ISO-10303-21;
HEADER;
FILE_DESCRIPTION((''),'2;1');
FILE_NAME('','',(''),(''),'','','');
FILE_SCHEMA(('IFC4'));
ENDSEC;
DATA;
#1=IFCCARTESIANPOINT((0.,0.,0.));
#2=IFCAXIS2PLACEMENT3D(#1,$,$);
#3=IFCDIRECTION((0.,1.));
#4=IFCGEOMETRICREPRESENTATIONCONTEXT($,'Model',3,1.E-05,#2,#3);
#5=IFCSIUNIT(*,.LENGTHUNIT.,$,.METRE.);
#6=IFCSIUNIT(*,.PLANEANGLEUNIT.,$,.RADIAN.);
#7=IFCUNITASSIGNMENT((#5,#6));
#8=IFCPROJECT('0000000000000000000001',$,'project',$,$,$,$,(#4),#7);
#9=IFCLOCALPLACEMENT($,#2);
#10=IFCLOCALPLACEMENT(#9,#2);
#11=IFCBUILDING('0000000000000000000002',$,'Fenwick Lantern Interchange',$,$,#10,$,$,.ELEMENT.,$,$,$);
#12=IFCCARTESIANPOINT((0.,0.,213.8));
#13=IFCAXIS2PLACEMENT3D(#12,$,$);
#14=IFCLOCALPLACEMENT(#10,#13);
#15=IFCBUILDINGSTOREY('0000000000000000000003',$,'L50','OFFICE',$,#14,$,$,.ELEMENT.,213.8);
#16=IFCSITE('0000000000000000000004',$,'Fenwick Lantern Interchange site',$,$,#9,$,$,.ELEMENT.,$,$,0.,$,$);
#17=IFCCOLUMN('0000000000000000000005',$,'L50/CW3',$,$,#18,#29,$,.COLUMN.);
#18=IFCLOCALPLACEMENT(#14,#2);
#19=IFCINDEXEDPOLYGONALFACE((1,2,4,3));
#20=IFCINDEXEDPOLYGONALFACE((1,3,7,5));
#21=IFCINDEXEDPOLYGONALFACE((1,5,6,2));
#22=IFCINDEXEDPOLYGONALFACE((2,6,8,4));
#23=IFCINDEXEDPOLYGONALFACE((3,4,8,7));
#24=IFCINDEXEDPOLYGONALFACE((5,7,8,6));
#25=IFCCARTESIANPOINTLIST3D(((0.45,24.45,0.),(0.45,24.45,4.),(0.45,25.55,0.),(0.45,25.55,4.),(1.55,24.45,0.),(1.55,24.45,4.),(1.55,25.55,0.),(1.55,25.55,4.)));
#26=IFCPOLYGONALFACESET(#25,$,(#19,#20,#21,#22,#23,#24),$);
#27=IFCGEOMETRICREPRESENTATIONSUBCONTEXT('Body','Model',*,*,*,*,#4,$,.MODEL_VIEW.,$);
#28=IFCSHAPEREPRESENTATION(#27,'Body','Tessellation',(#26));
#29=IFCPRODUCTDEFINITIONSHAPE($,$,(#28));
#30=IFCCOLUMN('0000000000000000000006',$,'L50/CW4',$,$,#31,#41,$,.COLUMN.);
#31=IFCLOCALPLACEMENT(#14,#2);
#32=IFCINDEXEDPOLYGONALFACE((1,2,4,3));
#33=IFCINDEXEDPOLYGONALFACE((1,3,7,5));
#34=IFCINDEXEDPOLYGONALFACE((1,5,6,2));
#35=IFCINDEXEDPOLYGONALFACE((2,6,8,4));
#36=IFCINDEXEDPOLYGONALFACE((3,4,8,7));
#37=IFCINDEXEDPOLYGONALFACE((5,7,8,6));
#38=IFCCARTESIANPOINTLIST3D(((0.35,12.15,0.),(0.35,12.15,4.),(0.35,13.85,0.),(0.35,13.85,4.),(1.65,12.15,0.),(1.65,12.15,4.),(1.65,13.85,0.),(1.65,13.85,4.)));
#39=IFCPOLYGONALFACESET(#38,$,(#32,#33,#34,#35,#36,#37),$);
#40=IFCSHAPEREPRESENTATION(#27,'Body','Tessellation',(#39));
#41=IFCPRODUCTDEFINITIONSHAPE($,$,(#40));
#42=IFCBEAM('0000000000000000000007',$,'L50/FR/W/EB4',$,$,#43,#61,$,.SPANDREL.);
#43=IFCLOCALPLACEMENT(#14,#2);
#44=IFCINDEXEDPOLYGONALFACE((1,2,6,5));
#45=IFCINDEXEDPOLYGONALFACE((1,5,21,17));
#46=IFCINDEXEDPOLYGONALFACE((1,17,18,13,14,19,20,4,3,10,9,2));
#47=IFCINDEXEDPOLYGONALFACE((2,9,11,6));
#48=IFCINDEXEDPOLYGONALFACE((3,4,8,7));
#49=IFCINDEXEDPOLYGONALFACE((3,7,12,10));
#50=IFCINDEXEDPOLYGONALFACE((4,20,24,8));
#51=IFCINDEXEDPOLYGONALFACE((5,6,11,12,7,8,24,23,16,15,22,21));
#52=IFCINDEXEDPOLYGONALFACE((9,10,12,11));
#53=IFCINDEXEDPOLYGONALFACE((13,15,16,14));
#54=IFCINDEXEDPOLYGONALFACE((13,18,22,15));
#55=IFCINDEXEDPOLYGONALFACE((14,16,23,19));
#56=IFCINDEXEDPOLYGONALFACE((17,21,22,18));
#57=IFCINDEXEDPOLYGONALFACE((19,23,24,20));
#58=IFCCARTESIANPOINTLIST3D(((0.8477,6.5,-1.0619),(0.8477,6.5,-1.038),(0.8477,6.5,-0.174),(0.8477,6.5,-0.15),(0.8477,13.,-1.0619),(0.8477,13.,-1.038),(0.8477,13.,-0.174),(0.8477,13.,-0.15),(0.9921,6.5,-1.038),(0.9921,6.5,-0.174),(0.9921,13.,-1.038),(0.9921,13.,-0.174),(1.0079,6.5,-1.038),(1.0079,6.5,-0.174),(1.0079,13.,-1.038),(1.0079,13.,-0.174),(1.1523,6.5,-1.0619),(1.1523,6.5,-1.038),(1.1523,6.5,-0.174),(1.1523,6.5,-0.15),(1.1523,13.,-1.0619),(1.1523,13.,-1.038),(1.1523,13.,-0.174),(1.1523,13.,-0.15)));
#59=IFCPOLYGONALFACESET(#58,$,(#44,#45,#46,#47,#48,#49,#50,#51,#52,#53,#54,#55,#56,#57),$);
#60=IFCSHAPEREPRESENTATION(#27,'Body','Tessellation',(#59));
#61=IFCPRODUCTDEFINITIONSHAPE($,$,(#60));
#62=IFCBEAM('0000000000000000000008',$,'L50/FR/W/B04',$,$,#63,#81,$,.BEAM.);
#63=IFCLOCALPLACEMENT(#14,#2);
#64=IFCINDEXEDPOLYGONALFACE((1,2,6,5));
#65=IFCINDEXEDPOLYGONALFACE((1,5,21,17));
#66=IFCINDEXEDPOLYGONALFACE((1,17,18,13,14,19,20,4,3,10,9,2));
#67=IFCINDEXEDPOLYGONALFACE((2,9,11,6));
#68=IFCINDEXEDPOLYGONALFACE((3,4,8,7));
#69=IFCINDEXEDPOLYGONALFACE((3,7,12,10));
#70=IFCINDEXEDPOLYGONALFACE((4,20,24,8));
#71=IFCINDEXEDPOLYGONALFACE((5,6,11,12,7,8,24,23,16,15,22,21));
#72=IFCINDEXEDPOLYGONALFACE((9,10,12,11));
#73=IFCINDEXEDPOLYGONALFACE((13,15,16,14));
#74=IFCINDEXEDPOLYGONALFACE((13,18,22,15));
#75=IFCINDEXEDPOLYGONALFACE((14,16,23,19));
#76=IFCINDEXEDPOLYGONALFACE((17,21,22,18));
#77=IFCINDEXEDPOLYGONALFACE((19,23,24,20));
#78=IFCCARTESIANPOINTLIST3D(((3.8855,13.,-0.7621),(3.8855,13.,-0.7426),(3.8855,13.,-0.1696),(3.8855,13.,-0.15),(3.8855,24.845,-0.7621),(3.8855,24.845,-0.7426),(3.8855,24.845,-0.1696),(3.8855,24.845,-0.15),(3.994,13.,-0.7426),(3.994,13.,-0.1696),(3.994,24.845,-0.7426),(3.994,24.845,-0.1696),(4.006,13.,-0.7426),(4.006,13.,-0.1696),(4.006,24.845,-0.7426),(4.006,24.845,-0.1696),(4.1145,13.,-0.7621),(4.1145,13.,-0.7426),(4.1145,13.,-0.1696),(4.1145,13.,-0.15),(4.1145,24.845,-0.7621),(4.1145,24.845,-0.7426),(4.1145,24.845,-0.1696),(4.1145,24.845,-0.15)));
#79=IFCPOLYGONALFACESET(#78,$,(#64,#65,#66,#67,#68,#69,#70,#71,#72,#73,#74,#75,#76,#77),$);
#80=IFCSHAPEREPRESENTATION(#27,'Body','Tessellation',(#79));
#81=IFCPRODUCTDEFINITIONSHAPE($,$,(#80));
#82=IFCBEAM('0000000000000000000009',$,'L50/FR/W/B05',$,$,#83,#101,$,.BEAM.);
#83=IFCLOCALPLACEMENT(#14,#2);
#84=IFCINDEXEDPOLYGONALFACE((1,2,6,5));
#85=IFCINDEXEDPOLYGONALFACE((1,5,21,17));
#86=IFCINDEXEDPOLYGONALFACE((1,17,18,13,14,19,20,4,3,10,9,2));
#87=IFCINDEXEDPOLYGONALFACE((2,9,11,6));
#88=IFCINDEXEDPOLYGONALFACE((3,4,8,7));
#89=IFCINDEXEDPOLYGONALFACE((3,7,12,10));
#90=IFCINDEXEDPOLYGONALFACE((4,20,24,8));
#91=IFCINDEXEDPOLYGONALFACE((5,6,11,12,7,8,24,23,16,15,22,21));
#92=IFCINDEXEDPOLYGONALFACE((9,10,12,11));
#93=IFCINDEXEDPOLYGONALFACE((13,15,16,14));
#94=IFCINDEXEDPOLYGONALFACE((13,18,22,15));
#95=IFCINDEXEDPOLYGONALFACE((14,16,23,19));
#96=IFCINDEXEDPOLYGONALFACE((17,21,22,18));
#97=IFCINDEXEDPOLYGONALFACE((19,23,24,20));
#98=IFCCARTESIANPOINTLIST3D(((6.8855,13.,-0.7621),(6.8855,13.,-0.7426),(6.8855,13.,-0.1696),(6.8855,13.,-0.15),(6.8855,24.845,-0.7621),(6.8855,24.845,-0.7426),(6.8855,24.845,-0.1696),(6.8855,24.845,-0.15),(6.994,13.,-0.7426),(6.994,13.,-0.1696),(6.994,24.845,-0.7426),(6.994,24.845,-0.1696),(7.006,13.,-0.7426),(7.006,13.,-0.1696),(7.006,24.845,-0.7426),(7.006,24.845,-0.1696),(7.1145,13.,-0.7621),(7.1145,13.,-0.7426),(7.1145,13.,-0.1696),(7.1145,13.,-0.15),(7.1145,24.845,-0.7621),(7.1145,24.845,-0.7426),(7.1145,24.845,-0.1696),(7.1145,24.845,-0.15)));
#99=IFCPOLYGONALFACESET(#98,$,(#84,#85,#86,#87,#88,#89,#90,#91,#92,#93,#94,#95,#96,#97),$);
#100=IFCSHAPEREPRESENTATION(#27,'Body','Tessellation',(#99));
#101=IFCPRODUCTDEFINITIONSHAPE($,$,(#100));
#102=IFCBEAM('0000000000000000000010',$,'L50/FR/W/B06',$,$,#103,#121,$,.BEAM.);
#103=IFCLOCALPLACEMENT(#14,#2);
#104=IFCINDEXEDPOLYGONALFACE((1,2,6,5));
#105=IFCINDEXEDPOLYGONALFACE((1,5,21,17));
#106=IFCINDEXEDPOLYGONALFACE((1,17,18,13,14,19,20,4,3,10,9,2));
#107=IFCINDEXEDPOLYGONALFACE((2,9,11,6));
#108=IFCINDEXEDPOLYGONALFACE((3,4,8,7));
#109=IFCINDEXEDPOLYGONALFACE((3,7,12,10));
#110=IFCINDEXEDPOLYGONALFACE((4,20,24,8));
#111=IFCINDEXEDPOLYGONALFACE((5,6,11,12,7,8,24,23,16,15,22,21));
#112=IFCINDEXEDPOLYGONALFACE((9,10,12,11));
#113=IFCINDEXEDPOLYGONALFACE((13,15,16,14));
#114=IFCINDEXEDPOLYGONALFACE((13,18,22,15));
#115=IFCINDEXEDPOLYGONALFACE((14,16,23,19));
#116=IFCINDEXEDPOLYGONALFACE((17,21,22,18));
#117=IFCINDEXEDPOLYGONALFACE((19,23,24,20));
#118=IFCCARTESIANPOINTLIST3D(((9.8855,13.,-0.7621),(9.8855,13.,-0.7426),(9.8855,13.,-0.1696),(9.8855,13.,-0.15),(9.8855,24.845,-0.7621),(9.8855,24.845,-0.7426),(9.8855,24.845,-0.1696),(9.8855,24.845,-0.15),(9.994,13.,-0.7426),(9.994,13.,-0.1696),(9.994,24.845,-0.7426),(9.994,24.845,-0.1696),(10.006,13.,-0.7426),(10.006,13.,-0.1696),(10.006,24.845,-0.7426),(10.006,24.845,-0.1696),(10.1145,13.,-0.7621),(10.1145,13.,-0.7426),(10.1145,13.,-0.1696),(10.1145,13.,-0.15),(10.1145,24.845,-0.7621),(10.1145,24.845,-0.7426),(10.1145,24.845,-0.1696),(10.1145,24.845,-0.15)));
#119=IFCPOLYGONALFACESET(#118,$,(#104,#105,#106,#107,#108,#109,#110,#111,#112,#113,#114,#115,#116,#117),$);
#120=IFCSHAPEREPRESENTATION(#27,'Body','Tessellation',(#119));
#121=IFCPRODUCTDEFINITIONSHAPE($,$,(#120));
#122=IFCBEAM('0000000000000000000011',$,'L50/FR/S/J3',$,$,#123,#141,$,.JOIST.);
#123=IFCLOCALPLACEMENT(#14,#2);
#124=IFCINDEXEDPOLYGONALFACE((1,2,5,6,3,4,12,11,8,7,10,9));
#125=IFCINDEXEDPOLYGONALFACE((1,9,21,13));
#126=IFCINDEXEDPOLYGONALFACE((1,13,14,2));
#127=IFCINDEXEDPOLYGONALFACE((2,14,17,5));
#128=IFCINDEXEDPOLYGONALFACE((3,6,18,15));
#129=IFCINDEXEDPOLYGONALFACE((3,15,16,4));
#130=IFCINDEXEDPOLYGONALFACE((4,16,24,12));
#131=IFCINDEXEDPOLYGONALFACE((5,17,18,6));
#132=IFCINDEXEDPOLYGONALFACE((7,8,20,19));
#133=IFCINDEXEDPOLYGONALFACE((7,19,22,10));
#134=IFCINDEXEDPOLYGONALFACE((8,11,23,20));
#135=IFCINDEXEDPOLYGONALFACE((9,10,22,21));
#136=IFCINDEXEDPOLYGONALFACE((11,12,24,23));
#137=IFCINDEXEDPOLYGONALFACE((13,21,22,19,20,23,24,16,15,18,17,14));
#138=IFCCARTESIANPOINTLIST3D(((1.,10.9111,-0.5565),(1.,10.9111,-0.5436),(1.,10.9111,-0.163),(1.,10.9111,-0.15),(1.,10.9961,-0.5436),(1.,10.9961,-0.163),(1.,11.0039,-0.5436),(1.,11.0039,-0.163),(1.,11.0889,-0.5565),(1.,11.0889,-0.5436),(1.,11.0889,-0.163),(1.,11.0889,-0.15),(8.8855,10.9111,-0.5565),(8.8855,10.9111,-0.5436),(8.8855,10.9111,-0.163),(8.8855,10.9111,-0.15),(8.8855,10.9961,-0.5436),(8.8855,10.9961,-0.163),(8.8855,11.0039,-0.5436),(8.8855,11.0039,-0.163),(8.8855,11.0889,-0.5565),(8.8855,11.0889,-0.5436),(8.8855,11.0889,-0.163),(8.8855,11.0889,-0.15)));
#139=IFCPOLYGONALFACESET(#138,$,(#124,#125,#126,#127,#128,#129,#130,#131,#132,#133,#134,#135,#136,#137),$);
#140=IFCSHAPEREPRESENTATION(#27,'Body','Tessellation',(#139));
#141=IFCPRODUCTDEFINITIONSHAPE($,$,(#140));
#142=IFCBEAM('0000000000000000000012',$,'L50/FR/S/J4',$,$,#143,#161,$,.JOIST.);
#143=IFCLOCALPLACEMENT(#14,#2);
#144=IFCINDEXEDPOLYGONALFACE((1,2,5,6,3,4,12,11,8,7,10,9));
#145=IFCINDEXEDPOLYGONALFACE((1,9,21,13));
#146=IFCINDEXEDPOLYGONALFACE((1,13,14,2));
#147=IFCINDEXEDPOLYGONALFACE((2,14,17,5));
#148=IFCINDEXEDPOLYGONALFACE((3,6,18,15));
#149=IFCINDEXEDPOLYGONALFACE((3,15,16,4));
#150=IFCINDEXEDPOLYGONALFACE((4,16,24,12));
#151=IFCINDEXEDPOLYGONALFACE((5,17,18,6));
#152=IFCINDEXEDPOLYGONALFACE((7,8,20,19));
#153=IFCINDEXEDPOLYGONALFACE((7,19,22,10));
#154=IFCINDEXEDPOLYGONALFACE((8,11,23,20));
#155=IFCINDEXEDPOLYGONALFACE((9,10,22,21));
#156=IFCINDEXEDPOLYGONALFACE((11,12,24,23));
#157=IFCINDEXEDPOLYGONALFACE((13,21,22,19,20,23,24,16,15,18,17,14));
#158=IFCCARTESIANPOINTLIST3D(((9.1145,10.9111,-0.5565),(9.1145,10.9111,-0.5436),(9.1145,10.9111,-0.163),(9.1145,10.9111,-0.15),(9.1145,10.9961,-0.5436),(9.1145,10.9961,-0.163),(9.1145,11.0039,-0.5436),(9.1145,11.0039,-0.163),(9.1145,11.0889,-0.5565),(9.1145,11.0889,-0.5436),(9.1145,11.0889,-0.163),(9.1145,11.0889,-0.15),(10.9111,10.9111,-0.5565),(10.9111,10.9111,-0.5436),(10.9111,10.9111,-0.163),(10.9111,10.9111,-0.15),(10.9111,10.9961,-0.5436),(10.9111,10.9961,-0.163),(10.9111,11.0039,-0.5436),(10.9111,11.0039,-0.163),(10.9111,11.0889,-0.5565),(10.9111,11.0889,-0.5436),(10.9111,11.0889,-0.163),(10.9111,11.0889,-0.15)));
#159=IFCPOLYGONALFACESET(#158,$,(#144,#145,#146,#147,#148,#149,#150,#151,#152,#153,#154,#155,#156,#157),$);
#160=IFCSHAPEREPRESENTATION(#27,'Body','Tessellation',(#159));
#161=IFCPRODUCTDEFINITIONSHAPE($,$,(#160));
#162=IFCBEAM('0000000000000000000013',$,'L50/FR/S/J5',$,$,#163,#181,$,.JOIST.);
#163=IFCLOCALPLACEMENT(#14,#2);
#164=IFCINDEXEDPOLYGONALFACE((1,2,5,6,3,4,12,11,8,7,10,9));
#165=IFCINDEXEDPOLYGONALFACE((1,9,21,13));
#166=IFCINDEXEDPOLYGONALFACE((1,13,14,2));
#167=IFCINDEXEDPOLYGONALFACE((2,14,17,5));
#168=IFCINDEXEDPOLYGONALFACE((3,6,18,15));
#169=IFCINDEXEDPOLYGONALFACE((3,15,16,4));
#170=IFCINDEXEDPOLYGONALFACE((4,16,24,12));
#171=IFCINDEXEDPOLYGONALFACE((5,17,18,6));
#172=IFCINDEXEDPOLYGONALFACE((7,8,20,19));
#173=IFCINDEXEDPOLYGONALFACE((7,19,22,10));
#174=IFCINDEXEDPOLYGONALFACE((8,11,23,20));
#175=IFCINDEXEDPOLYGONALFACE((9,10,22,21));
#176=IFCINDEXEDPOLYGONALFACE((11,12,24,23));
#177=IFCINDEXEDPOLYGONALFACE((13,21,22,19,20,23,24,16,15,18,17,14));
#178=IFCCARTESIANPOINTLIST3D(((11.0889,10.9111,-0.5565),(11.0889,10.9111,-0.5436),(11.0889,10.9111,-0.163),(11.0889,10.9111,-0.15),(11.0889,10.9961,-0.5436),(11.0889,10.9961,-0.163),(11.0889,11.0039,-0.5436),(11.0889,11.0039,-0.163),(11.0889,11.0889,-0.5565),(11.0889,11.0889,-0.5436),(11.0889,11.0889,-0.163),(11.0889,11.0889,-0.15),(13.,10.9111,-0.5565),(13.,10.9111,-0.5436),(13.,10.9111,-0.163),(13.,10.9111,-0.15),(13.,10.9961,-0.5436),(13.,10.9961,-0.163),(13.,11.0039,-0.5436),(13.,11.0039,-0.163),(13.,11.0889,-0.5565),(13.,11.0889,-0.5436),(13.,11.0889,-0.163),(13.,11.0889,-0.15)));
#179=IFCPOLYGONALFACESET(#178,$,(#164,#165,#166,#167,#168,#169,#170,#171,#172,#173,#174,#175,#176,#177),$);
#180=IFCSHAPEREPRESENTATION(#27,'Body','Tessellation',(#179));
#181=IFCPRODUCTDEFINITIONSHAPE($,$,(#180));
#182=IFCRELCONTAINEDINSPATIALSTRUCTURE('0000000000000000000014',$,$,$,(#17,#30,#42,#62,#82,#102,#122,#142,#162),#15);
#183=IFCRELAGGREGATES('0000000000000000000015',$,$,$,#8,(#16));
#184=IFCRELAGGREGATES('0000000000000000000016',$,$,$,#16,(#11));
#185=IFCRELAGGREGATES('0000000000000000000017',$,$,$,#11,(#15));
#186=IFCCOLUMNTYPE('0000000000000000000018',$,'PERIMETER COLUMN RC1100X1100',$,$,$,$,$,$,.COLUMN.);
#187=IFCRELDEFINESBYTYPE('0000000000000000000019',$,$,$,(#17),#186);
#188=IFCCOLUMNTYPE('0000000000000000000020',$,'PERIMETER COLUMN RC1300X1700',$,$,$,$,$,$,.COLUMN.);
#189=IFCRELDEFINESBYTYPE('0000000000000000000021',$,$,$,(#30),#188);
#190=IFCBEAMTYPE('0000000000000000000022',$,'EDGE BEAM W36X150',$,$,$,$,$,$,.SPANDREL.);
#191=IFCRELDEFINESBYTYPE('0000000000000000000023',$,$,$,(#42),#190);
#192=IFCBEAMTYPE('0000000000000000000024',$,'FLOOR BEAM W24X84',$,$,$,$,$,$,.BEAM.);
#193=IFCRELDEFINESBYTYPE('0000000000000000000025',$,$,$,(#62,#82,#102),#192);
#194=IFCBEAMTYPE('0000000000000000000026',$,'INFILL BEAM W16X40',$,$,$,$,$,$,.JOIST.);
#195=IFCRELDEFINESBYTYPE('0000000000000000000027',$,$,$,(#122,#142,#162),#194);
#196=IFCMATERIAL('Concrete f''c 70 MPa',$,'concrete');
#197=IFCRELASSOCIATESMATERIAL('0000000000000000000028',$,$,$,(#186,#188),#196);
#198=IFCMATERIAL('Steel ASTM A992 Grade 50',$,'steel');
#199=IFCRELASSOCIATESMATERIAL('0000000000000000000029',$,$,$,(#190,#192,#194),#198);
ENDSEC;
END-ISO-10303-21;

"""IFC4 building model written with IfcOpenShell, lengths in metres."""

from ifc_helpers import new_model, si_unit, direction, frame, origin, origin_2d, place, context, subcontext, project, spatial, rectangle, i_section, extrude, material, material_profile, profile_set, type_object, element, save


model = new_model("IFC4")

# Units and contexts
model_context = context("Model", 3, precision=1e-05, world=origin(), true_north=direction((0.0, 1.0)))
body_context = subcontext(model_context, "Body", "Model", "MODEL_VIEW")
ifc_project = project(units=[si_unit("LENGTHUNIT", "METRE"), si_unit("PLANEANGLEUNIT", "RADIAN")], contexts=[model_context])

# Site, building, storey
site_placement = place(None, origin())
site = spatial("IfcSite", under=ifc_project, at=site_placement, Name="Fenwick Lantern Interchange site", CompositionType="ELEMENT", RefElevation=0.0)
building_placement = place(site_placement, origin())
building = spatial("IfcBuilding", under=site, at=building_placement, Name="Fenwick Lantern Interchange", CompositionType="ELEMENT")
storey_placement = place(building_placement, frame((0.0, 0.0, 213.8)))
storey = spatial("IfcBuildingStorey", under=building, at=storey_placement, Name="L50", Description="OFFICE", CompositionType="ELEMENT", Elevation=213.8)

# Columns
ifc_material_1 = material(Name="Concrete f'c 70 MPa", Category="concrete")
ifc_material_profile_1 = material_profile(ifc_material_1, rectangle(XDim=1.1001, YDim=1.1001, at=origin_2d()), Name="RC1100X1100")
ifc_profile_set_1 = profile_set([ifc_material_profile_1], Name="Concrete f'c 70 MPa")
column_type_1 = type_object("IfcColumnType", Name="PERIMETER COLUMN RC1100X1100", PredefinedType="COLUMN", material=ifc_profile_set_1)
column_1_placement = place(storey_placement, frame((1.0, 25.0, 0.0), z_axis=(0.0, 0.0, 1.0), x_axis=(1.0, 0.0, 0.0)))
element("IfcColumn", 1, at=column_1_placement, inside=storey, type_object=column_type_1, Name="L50/CW3", PredefinedType="COLUMN", context=body_context, shape_type="SweptSolid", body=[
    extrude(rectangle(XDim=1.1001, YDim=1.1001, at=origin_2d()), origin(), (0.0, 0.0, 1.0), 4.0),
])
ifc_material_profile_2 = material_profile(ifc_material_1, rectangle(XDim=1.3, YDim=1.7, at=origin_2d()), Name="RC1300X1700")
ifc_profile_set_2 = profile_set([ifc_material_profile_2], Name="Concrete f'c 70 MPa")
column_type_2 = type_object("IfcColumnType", Name="PERIMETER COLUMN RC1300X1700", PredefinedType="COLUMN", material=ifc_profile_set_2)
column_2_placement = place(storey_placement, frame((1.0, 13.0, 0.0), z_axis=(0.0, 0.0, 1.0), x_axis=(1.0, 0.0, 0.0)))
element("IfcColumn", 2, at=column_2_placement, inside=storey, type_object=column_type_2, Name="L50/CW4", PredefinedType="COLUMN", context=body_context, shape_type="SweptSolid", body=[
    extrude(rectangle(XDim=1.3, YDim=1.7, at=origin_2d()), origin(), (0.0, 0.0, 1.0), 4.0),
])

# Beams
ifc_material_2 = material(Name="Steel ASTM A992 Grade 50", Category="steel")
ifc_material_profile_3 = material_profile(ifc_material_2, i_section(OverallWidth=0.3047, OverallDepth=0.9119, WebThickness=0.0159, FlangeThickness=0.0239, at=origin_2d()), Name="W36X150")
ifc_profile_set_3 = profile_set([ifc_material_profile_3], Name="Steel ASTM A992 Grade 50")
beam_type_1 = type_object("IfcBeamType", Name="EDGE BEAM W36X150", PredefinedType="SPANDREL", material=ifc_profile_set_3)
beam_1_placement = place(storey_placement, frame((1.0, 13.0, -0.606), z_axis=(0.0, -1.0, 0.0), x_axis=(1.0, 0.0, 0.0)))
element("IfcBeam", 3, at=beam_1_placement, inside=storey, type_object=beam_type_1, Name="L50/FR/W/EB4", PredefinedType="SPANDREL", context=body_context, shape_type="SweptSolid", body=[
    extrude(i_section(OverallWidth=0.3047, OverallDepth=0.9119, WebThickness=0.0159, FlangeThickness=0.0239, at=origin_2d()), origin(), (0.0, 0.0, 1.0), 6.5),
])
ifc_material_profile_4 = material_profile(ifc_material_2, i_section(OverallWidth=0.229, OverallDepth=0.6121, WebThickness=0.012, FlangeThickness=0.0195, at=origin_2d()), Name="W24X84")
ifc_profile_set_4 = profile_set([ifc_material_profile_4], Name="Steel ASTM A992 Grade 50")
beam_type_2 = type_object("IfcBeamType", Name="FLOOR BEAM W24X84", PredefinedType="BEAM", material=ifc_profile_set_4)
for number, where, z_axis, x_axis, name in (
    (4, (4.0, 24.845, -0.4561), (0.0, -1.0, 0.0), (1.0, 0.0, 0.0), "L50/FR/W/B04"),
    (5, (7.0, 24.845, -0.4561), (0.0, -1.0, 0.0), (1.0, 0.0, 0.0), "L50/FR/W/B05"),
    (6, (10.0, 24.845, -0.4561), (0.0, -1.0, 0.0), (1.0, 0.0, 0.0), "L50/FR/W/B06"),
):
    element("IfcBeam", number, at=place(storey_placement, frame(where, z_axis=z_axis, x_axis=x_axis)), inside=storey, type_object=beam_type_2, Name=name, PredefinedType="BEAM", context=body_context, shape_type="SweptSolid", body=[
        extrude(i_section(OverallWidth=0.229, OverallDepth=0.6121, WebThickness=0.012, FlangeThickness=0.0195, at=origin_2d()), origin(), (0.0, 0.0, 1.0), 11.845),
    ])
ifc_material_profile_5 = material_profile(ifc_material_2, i_section(OverallWidth=0.1777, OverallDepth=0.4065, WebThickness=0.0078, FlangeThickness=0.0129, at=origin_2d()), Name="W16X40")
ifc_profile_set_5 = profile_set([ifc_material_profile_5], Name="Steel ASTM A992 Grade 50")
beam_type_3 = type_object("IfcBeamType", Name="INFILL BEAM W16X40", PredefinedType="JOIST", material=ifc_profile_set_5)
beam_2_placement = place(storey_placement, frame((1.0, 11.0, -0.3533), z_axis=(1.0, 0.0, 0.0), x_axis=(0.0, 1.0, 0.0)))
element("IfcBeam", 7, at=beam_2_placement, inside=storey, type_object=beam_type_3, Name="L50/FR/S/J3", PredefinedType="JOIST", context=body_context, shape_type="SweptSolid", body=[
    extrude(i_section(OverallWidth=0.1777, OverallDepth=0.4065, WebThickness=0.0078, FlangeThickness=0.0129, at=origin_2d()), origin(), (0.0, 0.0, 1.0), 7.8855),
])
beam_3_placement = place(storey_placement, frame((9.1145, 11.0, -0.3533), z_axis=(1.0, 0.0, 0.0), x_axis=(0.0, 1.0, 0.0)))
element("IfcBeam", 8, at=beam_3_placement, inside=storey, type_object=beam_type_3, Name="L50/FR/S/J4", PredefinedType="JOIST", context=body_context, shape_type="SweptSolid", body=[
    extrude(i_section(OverallWidth=0.1777, OverallDepth=0.4065, WebThickness=0.0078, FlangeThickness=0.0129, at=origin_2d()), origin(), (0.0, 0.0, 1.0), 1.7966),
])
beam_4_placement = place(storey_placement, frame((11.0889, 11.0, -0.3533), z_axis=(1.0, 0.0, 0.0), x_axis=(0.0, 1.0, 0.0)))
element("IfcBeam", 9, at=beam_4_placement, inside=storey, type_object=beam_type_3, Name="L50/FR/S/J5", PredefinedType="JOIST", context=body_context, shape_type="SweptSolid", body=[
    extrude(i_section(OverallWidth=0.1777, OverallDepth=0.4065, WebThickness=0.0078, FlangeThickness=0.0129, at=origin_2d()), origin(), (0.0, 0.0, 1.0), 1.9111),
])

save(model, "model.ifc")
